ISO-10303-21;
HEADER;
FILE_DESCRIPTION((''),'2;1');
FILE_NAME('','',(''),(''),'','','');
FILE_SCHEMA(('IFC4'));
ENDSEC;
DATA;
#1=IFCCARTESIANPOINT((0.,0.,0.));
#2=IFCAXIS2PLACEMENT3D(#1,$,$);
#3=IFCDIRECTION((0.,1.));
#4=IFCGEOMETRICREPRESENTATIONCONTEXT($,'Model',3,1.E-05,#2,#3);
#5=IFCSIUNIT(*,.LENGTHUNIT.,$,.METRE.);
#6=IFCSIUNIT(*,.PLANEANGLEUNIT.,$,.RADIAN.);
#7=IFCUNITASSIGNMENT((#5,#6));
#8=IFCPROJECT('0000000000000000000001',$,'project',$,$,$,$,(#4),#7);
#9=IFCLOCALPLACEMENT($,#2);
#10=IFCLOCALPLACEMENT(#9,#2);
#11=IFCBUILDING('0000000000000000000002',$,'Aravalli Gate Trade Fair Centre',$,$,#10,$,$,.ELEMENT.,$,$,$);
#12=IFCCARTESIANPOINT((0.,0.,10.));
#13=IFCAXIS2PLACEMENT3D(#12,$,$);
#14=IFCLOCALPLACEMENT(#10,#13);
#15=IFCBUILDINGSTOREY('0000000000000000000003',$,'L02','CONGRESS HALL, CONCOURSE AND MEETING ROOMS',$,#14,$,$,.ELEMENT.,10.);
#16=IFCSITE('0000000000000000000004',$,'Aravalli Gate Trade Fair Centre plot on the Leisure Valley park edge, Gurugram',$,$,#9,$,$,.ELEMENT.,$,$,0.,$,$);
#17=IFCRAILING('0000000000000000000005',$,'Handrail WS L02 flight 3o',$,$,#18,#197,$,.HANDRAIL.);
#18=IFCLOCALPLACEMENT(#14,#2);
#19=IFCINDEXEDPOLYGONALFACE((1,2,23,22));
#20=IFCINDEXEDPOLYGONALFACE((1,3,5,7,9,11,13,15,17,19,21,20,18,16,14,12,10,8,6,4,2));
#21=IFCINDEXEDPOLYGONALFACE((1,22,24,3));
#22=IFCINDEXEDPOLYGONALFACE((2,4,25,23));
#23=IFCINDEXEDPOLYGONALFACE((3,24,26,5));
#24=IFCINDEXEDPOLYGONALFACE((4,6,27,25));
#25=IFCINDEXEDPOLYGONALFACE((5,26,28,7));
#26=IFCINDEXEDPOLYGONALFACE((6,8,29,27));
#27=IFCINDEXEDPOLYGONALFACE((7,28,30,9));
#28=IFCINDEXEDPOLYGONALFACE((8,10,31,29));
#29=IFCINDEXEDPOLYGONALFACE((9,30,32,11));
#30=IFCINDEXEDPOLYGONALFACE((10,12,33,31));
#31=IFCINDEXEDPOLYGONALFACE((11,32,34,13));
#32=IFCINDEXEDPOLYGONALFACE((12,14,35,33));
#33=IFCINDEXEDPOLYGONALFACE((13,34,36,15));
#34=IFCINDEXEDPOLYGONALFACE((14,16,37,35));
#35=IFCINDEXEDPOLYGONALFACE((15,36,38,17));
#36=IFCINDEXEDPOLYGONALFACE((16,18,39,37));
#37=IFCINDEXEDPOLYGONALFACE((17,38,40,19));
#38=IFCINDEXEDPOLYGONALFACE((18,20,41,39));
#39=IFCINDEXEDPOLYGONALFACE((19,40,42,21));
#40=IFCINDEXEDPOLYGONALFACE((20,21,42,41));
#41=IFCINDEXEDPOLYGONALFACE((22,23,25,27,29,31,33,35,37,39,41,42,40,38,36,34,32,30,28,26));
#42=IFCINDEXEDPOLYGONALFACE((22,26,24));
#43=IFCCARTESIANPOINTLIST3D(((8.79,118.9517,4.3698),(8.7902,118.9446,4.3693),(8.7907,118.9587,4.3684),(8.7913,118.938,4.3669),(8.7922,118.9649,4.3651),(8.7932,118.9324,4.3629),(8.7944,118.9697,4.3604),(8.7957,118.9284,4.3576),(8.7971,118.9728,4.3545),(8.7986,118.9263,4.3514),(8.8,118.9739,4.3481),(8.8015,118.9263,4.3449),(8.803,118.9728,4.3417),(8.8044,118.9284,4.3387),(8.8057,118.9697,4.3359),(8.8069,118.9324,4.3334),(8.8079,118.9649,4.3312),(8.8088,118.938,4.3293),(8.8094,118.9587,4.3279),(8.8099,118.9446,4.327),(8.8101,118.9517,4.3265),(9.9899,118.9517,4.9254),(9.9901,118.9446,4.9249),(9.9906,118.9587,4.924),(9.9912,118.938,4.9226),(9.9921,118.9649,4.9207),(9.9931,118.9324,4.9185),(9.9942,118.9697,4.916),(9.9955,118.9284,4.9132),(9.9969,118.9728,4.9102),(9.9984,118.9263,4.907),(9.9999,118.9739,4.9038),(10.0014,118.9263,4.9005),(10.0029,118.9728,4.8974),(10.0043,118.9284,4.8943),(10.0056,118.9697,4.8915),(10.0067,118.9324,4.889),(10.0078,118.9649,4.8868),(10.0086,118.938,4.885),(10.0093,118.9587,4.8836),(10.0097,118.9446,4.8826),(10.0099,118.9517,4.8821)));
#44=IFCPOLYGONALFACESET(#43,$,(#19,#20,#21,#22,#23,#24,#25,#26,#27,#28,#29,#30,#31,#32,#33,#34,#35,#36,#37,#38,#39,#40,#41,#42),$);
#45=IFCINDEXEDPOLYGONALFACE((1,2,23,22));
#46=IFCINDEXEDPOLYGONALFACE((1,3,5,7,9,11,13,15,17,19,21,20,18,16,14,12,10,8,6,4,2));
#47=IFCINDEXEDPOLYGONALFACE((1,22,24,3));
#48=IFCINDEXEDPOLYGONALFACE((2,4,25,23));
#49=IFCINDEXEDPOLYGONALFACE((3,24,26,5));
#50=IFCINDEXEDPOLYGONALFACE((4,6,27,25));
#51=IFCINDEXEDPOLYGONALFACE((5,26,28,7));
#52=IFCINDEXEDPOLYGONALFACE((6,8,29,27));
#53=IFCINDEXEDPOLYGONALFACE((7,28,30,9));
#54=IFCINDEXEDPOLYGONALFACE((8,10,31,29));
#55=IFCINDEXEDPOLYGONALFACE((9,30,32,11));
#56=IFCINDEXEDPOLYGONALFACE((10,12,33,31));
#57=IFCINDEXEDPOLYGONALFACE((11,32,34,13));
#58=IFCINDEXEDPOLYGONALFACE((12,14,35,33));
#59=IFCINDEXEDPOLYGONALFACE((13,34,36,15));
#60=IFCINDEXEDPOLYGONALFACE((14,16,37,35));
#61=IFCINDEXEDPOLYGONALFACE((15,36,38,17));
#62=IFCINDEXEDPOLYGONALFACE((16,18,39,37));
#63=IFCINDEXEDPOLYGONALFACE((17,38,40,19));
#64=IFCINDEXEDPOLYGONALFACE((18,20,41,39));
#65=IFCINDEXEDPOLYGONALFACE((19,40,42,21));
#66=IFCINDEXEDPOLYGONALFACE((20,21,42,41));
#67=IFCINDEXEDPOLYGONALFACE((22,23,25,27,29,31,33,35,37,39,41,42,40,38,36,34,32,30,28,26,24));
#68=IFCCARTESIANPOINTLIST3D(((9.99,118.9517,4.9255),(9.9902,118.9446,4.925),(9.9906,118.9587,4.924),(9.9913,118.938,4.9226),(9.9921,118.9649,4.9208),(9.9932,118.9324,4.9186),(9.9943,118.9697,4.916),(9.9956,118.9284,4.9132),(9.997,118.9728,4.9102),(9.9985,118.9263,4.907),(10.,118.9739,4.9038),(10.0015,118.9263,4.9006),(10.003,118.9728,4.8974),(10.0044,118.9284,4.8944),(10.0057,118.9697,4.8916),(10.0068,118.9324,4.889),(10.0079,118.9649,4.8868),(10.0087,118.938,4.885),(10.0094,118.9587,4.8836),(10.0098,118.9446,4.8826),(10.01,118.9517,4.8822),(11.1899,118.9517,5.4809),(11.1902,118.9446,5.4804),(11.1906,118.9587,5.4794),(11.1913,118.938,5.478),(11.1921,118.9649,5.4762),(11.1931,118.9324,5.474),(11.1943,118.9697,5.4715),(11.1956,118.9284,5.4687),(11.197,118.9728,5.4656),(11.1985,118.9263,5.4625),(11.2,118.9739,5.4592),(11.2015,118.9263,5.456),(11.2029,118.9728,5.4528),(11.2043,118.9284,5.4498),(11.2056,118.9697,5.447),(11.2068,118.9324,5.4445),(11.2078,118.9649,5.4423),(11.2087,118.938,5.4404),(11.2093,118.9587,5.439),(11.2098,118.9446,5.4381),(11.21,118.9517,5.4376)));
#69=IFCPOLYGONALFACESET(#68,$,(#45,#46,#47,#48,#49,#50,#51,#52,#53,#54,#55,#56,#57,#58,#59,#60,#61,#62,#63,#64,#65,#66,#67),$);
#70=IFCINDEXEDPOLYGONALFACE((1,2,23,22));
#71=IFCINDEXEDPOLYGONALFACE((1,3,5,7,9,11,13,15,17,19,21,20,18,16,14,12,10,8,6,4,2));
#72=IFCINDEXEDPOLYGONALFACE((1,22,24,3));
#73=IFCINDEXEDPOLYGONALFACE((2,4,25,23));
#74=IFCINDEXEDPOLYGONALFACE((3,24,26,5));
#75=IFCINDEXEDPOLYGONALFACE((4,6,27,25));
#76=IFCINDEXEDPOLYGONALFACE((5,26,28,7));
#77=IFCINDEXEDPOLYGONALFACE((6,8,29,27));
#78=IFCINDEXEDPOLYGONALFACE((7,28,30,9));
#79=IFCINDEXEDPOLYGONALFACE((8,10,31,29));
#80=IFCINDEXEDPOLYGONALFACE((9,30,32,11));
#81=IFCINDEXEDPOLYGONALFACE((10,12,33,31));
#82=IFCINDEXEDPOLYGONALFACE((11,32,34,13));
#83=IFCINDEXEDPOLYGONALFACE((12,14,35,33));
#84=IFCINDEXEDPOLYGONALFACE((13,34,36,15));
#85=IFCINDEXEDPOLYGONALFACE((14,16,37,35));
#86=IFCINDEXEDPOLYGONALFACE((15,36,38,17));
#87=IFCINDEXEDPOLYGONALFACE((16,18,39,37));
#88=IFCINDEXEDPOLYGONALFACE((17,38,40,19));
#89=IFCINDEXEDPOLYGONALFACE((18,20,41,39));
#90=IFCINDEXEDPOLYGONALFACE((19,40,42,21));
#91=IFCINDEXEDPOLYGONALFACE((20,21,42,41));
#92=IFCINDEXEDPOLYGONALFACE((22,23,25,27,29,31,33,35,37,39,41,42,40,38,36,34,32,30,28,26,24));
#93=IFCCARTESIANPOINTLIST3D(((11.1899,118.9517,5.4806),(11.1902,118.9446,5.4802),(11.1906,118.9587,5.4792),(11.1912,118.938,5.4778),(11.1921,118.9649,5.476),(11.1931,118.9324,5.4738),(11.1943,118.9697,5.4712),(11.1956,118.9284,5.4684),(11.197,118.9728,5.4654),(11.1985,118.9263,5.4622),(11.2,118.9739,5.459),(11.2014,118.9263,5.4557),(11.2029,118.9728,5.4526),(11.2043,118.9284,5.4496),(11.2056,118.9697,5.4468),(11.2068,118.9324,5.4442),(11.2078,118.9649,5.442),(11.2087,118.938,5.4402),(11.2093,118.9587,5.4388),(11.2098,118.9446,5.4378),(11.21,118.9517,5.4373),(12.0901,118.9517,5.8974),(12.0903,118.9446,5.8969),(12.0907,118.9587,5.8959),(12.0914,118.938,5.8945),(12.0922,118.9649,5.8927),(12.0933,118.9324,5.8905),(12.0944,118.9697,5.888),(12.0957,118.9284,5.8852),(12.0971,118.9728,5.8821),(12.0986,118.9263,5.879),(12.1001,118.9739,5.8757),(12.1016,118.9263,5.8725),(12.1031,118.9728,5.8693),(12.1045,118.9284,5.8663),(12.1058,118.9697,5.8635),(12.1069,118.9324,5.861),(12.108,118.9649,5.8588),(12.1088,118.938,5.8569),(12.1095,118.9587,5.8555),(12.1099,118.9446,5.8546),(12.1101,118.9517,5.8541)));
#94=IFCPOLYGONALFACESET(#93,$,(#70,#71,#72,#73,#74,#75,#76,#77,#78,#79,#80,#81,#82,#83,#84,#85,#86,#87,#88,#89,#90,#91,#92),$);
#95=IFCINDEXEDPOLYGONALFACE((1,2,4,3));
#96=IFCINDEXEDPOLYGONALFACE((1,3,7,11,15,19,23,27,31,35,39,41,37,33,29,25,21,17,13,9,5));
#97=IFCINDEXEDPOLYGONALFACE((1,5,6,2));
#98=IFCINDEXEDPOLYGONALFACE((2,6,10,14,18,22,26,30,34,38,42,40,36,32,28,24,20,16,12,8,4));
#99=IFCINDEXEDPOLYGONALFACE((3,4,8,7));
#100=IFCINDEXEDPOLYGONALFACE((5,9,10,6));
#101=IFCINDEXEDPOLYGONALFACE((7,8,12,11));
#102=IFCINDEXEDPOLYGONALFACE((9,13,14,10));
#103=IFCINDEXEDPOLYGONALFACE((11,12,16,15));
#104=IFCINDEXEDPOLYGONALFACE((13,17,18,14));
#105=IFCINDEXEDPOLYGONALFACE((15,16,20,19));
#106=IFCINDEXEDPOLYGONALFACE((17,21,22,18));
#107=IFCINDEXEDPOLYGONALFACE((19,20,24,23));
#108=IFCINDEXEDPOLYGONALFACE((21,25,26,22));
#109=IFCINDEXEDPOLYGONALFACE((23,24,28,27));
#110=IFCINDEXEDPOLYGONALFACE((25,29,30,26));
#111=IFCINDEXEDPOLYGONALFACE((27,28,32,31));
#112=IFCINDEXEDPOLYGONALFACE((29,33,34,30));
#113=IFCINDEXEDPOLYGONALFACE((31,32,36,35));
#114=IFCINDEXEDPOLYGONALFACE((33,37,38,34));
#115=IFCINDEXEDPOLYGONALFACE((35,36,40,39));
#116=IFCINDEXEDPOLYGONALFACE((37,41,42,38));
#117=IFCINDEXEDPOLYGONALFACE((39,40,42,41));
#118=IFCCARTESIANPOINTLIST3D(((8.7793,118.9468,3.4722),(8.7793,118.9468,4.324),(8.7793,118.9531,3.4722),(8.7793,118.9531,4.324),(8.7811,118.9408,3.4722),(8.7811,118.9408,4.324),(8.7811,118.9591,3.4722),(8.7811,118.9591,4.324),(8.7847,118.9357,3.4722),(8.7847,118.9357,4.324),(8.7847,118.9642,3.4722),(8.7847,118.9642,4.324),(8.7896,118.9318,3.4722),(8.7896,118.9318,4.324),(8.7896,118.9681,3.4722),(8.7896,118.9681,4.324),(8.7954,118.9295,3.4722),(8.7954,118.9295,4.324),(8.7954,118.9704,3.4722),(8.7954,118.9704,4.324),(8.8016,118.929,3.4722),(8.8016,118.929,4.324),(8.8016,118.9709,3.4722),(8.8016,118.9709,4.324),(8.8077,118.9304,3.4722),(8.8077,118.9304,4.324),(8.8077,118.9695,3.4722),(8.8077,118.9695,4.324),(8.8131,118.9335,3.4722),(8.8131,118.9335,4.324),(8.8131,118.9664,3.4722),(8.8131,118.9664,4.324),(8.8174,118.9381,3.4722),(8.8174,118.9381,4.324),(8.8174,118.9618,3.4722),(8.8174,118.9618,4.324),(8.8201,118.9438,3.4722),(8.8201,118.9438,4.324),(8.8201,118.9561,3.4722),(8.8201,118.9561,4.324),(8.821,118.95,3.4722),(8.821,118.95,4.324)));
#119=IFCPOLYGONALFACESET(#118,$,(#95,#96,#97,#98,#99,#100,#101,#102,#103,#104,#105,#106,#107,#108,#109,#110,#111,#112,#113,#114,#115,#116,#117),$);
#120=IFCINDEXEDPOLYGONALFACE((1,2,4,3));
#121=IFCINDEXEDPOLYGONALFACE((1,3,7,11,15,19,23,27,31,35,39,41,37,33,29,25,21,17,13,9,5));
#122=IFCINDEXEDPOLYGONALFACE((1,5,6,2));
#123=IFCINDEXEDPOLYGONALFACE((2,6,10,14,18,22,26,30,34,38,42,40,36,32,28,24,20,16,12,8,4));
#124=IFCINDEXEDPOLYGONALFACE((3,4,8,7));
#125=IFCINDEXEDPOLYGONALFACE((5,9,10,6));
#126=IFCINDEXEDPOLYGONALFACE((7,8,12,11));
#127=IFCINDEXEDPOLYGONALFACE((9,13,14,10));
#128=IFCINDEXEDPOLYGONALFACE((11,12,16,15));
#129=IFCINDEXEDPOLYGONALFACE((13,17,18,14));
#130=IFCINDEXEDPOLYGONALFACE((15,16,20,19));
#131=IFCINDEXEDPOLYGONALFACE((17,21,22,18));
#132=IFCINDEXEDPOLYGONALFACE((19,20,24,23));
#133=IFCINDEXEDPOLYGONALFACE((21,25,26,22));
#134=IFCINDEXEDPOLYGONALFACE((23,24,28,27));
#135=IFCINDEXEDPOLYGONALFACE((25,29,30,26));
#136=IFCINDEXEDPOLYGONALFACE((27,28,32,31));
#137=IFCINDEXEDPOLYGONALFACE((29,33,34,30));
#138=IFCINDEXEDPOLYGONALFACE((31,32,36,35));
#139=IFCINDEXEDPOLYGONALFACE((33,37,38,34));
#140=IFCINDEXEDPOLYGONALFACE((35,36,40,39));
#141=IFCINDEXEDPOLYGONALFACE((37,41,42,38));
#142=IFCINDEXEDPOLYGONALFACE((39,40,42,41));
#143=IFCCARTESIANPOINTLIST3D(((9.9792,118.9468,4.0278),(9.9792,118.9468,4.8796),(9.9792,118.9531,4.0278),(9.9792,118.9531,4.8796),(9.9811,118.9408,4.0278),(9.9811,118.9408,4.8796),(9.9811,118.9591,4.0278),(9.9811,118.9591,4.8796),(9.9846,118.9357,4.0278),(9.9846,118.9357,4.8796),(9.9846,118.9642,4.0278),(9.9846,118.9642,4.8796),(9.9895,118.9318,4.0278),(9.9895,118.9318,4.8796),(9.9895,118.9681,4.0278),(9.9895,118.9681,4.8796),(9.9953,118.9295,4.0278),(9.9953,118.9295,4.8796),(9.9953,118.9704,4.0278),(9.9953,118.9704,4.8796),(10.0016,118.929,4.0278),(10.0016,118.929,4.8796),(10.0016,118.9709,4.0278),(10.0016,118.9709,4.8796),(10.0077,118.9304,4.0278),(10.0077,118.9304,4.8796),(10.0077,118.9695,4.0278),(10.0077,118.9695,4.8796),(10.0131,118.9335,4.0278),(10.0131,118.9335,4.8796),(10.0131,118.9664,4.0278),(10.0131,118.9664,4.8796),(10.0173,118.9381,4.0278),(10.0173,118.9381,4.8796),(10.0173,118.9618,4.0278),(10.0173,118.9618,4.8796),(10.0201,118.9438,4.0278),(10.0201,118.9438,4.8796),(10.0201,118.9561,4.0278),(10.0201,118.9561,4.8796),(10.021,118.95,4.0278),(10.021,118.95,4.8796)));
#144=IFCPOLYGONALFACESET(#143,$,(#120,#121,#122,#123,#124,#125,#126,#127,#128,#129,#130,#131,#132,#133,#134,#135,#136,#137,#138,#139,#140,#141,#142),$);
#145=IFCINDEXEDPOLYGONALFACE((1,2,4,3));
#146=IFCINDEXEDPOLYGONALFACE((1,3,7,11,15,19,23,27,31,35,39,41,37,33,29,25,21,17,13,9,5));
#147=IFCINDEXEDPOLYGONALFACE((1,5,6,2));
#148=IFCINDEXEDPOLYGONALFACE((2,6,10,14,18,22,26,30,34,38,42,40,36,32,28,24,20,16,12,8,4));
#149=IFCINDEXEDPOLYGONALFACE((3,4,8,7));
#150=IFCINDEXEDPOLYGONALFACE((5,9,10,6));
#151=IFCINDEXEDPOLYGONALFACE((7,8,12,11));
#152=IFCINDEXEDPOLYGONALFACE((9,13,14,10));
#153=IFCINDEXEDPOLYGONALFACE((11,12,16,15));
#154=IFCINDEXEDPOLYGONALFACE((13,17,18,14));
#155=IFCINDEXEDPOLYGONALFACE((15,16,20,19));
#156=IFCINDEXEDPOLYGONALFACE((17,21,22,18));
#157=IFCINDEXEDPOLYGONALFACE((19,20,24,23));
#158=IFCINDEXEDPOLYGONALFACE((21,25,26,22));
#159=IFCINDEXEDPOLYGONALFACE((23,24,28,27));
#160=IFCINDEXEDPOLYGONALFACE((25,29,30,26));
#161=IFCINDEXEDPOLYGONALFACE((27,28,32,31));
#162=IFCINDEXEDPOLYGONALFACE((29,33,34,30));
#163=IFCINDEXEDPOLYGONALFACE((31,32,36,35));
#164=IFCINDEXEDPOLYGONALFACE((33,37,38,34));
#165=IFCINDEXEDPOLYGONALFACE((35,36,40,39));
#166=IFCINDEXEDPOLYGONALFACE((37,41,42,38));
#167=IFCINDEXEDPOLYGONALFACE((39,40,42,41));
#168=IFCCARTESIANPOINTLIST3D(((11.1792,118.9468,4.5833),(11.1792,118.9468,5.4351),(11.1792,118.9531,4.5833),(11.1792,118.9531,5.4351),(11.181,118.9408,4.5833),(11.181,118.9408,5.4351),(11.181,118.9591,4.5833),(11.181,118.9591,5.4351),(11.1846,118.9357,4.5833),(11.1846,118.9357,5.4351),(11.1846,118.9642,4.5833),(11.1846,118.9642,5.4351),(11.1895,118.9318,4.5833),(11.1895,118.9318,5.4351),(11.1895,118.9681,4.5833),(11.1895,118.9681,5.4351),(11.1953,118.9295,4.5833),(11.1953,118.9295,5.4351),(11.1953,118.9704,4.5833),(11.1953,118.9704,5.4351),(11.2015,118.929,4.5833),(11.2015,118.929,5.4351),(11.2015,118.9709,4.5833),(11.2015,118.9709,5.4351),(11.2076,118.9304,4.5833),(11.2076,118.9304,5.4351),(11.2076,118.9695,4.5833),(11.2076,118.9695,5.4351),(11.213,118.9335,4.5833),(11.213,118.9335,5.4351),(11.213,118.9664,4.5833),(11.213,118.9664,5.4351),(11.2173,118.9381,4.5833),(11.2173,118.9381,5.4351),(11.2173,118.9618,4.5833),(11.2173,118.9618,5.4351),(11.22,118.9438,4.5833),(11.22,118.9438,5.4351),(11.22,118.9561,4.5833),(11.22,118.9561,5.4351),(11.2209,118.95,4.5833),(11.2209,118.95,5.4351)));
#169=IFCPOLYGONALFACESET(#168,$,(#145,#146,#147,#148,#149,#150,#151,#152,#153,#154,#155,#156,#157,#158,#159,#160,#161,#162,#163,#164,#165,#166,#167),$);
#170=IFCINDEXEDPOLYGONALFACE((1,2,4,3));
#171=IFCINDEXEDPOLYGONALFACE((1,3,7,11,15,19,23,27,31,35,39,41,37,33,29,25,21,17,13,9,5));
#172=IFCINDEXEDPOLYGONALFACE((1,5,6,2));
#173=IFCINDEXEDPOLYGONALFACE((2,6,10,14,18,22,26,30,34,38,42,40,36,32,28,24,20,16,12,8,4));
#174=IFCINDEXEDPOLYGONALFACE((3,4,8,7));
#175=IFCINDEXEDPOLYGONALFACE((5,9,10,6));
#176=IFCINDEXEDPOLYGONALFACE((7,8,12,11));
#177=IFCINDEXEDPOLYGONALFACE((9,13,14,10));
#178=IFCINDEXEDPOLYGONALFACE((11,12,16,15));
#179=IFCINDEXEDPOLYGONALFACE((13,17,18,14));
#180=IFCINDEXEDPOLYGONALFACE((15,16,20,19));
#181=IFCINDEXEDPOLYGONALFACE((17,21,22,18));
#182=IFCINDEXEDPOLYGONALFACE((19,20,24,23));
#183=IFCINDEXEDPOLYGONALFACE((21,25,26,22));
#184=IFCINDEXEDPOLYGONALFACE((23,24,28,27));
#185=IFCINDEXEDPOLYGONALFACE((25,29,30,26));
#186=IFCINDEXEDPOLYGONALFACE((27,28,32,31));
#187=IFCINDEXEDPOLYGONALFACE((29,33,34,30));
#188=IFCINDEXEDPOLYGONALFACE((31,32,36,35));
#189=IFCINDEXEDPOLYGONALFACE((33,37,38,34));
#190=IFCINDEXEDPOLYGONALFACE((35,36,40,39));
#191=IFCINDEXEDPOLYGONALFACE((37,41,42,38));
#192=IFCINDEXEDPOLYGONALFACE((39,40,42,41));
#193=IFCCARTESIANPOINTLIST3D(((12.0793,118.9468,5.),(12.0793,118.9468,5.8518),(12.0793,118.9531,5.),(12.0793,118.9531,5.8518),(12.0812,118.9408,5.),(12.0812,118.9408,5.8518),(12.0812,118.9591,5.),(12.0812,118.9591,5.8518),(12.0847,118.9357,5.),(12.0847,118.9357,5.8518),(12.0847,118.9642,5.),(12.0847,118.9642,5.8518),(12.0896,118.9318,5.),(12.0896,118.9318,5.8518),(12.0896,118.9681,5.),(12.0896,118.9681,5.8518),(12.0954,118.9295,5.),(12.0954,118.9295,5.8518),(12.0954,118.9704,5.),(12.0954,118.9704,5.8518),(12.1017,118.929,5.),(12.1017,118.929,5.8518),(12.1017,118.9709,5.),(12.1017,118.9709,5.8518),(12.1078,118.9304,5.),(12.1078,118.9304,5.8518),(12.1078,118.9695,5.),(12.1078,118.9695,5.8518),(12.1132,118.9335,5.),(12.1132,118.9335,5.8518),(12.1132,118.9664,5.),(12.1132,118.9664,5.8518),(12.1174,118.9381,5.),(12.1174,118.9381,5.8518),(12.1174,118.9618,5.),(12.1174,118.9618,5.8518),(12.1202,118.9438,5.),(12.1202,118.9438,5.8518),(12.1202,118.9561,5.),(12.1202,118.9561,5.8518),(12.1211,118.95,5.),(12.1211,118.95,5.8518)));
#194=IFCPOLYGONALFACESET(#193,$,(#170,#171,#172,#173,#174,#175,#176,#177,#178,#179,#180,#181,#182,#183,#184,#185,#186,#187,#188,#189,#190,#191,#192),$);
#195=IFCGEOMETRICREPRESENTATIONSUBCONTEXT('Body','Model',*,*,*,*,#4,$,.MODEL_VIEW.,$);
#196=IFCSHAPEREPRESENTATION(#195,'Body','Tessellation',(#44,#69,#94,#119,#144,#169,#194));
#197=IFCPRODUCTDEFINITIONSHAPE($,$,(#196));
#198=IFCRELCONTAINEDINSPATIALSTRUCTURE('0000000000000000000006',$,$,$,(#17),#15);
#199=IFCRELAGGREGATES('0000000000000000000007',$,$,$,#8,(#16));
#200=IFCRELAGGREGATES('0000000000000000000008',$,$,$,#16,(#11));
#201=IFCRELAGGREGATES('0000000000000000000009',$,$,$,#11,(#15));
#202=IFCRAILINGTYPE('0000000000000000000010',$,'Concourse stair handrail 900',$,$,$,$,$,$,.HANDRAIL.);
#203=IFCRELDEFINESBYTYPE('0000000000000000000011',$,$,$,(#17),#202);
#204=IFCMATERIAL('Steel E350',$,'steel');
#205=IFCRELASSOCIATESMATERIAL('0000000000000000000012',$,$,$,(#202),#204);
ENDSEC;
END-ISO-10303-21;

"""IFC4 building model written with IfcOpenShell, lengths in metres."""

from ifc_helpers import new_model, si_unit, direction, frame, origin, origin_2d, place, context, subcontext, project, spatial, circle, extrude, material, type_object, element, save


model = new_model("IFC4")

# Units and contexts
model_context = context("Model", 3, precision=1e-05, world=origin(), true_north=direction((0.0, 1.0)))
body_context = subcontext(model_context, "Body", "Model", "MODEL_VIEW")
ifc_project = project(units=[si_unit("LENGTHUNIT", "METRE"), si_unit("PLANEANGLEUNIT", "RADIAN")], contexts=[model_context])

# Site, building, storey
site_placement = place(None, origin())
site = spatial("IfcSite", under=ifc_project, at=site_placement, Name="Aravalli Gate Trade Fair Centre plot on the Leisure Valley park edge, Gurugram", CompositionType="ELEMENT", RefElevation=0.0)
building_placement = place(site_placement, origin())
building = spatial("IfcBuilding", under=site, at=building_placement, Name="Aravalli Gate Trade Fair Centre", CompositionType="ELEMENT")
storey_placement = place(building_placement, frame((0.0, 0.0, 10.0)))
storey = spatial("IfcBuildingStorey", under=building, at=storey_placement, Name="L02", Description="CONGRESS HALL, CONCOURSE AND MEETING ROOMS", CompositionType="ELEMENT", Elevation=10.0)

# Shared definitions
ifc_material_1 = material(Name="Steel E350", Category="steel")

# Railing
railing_type = type_object("IfcRailingType", Name="Concourse stair handrail 900", PredefinedType="HANDRAIL", material=ifc_material_1)
railing_1_placement = place(storey_placement, frame((8.8, 118.95, 3.4722)))
element("IfcRailing", 1, at=railing_1_placement, inside=storey, type_object=railing_type, Name="Handrail WS L02 flight 3o", PredefinedType="HANDRAIL", context=body_context, shape_type="SweptSolid", body=[
    extrude(circle(Radius=0.0239, at=origin_2d()), frame((0.0, 0.0, 0.876), z_axis=(0.907429, 0.0, 0.420205), x_axis=(0.0, 1.0, 0.0)), (0.0, 0.0, 1.0), 1.3223),
    extrude(circle(Radius=0.0239, at=origin_2d()), frame((1.2, 0.0, 1.4316), z_axis=(0.907499, 0.0, 0.420053), x_axis=(0.0, 1.0, 0.0)), (0.0, 0.0, 1.0), 1.3223),
    extrude(circle(Radius=0.0239, at=origin_2d()), frame((2.3999, 0.0, 1.9868), z_axis=(0.907462, 0.0, 0.420135), x_axis=(0.0, 1.0, 0.0)), (0.0, 0.0, 1.0), 0.9919),
    extrude(circle(Radius=0.021, at=origin_2d()), origin(), (0.0, 0.0, 1.0), 0.8518),
    extrude(circle(Radius=0.021, at=origin_2d()), frame((1.2, 0.0, 0.5557)), (0.0, 0.0, 1.0), 0.8518),
    extrude(circle(Radius=0.021, at=origin_2d()), frame((2.3999, 0.0, 1.1111)), (0.0, 0.0, 1.0), 0.8518),
    extrude(circle(Radius=0.021, at=origin_2d()), frame((3.3, 0.0, 1.5278)), (0.0, 0.0, 1.0), 0.8518),
])

save(model, "model.ifc")
